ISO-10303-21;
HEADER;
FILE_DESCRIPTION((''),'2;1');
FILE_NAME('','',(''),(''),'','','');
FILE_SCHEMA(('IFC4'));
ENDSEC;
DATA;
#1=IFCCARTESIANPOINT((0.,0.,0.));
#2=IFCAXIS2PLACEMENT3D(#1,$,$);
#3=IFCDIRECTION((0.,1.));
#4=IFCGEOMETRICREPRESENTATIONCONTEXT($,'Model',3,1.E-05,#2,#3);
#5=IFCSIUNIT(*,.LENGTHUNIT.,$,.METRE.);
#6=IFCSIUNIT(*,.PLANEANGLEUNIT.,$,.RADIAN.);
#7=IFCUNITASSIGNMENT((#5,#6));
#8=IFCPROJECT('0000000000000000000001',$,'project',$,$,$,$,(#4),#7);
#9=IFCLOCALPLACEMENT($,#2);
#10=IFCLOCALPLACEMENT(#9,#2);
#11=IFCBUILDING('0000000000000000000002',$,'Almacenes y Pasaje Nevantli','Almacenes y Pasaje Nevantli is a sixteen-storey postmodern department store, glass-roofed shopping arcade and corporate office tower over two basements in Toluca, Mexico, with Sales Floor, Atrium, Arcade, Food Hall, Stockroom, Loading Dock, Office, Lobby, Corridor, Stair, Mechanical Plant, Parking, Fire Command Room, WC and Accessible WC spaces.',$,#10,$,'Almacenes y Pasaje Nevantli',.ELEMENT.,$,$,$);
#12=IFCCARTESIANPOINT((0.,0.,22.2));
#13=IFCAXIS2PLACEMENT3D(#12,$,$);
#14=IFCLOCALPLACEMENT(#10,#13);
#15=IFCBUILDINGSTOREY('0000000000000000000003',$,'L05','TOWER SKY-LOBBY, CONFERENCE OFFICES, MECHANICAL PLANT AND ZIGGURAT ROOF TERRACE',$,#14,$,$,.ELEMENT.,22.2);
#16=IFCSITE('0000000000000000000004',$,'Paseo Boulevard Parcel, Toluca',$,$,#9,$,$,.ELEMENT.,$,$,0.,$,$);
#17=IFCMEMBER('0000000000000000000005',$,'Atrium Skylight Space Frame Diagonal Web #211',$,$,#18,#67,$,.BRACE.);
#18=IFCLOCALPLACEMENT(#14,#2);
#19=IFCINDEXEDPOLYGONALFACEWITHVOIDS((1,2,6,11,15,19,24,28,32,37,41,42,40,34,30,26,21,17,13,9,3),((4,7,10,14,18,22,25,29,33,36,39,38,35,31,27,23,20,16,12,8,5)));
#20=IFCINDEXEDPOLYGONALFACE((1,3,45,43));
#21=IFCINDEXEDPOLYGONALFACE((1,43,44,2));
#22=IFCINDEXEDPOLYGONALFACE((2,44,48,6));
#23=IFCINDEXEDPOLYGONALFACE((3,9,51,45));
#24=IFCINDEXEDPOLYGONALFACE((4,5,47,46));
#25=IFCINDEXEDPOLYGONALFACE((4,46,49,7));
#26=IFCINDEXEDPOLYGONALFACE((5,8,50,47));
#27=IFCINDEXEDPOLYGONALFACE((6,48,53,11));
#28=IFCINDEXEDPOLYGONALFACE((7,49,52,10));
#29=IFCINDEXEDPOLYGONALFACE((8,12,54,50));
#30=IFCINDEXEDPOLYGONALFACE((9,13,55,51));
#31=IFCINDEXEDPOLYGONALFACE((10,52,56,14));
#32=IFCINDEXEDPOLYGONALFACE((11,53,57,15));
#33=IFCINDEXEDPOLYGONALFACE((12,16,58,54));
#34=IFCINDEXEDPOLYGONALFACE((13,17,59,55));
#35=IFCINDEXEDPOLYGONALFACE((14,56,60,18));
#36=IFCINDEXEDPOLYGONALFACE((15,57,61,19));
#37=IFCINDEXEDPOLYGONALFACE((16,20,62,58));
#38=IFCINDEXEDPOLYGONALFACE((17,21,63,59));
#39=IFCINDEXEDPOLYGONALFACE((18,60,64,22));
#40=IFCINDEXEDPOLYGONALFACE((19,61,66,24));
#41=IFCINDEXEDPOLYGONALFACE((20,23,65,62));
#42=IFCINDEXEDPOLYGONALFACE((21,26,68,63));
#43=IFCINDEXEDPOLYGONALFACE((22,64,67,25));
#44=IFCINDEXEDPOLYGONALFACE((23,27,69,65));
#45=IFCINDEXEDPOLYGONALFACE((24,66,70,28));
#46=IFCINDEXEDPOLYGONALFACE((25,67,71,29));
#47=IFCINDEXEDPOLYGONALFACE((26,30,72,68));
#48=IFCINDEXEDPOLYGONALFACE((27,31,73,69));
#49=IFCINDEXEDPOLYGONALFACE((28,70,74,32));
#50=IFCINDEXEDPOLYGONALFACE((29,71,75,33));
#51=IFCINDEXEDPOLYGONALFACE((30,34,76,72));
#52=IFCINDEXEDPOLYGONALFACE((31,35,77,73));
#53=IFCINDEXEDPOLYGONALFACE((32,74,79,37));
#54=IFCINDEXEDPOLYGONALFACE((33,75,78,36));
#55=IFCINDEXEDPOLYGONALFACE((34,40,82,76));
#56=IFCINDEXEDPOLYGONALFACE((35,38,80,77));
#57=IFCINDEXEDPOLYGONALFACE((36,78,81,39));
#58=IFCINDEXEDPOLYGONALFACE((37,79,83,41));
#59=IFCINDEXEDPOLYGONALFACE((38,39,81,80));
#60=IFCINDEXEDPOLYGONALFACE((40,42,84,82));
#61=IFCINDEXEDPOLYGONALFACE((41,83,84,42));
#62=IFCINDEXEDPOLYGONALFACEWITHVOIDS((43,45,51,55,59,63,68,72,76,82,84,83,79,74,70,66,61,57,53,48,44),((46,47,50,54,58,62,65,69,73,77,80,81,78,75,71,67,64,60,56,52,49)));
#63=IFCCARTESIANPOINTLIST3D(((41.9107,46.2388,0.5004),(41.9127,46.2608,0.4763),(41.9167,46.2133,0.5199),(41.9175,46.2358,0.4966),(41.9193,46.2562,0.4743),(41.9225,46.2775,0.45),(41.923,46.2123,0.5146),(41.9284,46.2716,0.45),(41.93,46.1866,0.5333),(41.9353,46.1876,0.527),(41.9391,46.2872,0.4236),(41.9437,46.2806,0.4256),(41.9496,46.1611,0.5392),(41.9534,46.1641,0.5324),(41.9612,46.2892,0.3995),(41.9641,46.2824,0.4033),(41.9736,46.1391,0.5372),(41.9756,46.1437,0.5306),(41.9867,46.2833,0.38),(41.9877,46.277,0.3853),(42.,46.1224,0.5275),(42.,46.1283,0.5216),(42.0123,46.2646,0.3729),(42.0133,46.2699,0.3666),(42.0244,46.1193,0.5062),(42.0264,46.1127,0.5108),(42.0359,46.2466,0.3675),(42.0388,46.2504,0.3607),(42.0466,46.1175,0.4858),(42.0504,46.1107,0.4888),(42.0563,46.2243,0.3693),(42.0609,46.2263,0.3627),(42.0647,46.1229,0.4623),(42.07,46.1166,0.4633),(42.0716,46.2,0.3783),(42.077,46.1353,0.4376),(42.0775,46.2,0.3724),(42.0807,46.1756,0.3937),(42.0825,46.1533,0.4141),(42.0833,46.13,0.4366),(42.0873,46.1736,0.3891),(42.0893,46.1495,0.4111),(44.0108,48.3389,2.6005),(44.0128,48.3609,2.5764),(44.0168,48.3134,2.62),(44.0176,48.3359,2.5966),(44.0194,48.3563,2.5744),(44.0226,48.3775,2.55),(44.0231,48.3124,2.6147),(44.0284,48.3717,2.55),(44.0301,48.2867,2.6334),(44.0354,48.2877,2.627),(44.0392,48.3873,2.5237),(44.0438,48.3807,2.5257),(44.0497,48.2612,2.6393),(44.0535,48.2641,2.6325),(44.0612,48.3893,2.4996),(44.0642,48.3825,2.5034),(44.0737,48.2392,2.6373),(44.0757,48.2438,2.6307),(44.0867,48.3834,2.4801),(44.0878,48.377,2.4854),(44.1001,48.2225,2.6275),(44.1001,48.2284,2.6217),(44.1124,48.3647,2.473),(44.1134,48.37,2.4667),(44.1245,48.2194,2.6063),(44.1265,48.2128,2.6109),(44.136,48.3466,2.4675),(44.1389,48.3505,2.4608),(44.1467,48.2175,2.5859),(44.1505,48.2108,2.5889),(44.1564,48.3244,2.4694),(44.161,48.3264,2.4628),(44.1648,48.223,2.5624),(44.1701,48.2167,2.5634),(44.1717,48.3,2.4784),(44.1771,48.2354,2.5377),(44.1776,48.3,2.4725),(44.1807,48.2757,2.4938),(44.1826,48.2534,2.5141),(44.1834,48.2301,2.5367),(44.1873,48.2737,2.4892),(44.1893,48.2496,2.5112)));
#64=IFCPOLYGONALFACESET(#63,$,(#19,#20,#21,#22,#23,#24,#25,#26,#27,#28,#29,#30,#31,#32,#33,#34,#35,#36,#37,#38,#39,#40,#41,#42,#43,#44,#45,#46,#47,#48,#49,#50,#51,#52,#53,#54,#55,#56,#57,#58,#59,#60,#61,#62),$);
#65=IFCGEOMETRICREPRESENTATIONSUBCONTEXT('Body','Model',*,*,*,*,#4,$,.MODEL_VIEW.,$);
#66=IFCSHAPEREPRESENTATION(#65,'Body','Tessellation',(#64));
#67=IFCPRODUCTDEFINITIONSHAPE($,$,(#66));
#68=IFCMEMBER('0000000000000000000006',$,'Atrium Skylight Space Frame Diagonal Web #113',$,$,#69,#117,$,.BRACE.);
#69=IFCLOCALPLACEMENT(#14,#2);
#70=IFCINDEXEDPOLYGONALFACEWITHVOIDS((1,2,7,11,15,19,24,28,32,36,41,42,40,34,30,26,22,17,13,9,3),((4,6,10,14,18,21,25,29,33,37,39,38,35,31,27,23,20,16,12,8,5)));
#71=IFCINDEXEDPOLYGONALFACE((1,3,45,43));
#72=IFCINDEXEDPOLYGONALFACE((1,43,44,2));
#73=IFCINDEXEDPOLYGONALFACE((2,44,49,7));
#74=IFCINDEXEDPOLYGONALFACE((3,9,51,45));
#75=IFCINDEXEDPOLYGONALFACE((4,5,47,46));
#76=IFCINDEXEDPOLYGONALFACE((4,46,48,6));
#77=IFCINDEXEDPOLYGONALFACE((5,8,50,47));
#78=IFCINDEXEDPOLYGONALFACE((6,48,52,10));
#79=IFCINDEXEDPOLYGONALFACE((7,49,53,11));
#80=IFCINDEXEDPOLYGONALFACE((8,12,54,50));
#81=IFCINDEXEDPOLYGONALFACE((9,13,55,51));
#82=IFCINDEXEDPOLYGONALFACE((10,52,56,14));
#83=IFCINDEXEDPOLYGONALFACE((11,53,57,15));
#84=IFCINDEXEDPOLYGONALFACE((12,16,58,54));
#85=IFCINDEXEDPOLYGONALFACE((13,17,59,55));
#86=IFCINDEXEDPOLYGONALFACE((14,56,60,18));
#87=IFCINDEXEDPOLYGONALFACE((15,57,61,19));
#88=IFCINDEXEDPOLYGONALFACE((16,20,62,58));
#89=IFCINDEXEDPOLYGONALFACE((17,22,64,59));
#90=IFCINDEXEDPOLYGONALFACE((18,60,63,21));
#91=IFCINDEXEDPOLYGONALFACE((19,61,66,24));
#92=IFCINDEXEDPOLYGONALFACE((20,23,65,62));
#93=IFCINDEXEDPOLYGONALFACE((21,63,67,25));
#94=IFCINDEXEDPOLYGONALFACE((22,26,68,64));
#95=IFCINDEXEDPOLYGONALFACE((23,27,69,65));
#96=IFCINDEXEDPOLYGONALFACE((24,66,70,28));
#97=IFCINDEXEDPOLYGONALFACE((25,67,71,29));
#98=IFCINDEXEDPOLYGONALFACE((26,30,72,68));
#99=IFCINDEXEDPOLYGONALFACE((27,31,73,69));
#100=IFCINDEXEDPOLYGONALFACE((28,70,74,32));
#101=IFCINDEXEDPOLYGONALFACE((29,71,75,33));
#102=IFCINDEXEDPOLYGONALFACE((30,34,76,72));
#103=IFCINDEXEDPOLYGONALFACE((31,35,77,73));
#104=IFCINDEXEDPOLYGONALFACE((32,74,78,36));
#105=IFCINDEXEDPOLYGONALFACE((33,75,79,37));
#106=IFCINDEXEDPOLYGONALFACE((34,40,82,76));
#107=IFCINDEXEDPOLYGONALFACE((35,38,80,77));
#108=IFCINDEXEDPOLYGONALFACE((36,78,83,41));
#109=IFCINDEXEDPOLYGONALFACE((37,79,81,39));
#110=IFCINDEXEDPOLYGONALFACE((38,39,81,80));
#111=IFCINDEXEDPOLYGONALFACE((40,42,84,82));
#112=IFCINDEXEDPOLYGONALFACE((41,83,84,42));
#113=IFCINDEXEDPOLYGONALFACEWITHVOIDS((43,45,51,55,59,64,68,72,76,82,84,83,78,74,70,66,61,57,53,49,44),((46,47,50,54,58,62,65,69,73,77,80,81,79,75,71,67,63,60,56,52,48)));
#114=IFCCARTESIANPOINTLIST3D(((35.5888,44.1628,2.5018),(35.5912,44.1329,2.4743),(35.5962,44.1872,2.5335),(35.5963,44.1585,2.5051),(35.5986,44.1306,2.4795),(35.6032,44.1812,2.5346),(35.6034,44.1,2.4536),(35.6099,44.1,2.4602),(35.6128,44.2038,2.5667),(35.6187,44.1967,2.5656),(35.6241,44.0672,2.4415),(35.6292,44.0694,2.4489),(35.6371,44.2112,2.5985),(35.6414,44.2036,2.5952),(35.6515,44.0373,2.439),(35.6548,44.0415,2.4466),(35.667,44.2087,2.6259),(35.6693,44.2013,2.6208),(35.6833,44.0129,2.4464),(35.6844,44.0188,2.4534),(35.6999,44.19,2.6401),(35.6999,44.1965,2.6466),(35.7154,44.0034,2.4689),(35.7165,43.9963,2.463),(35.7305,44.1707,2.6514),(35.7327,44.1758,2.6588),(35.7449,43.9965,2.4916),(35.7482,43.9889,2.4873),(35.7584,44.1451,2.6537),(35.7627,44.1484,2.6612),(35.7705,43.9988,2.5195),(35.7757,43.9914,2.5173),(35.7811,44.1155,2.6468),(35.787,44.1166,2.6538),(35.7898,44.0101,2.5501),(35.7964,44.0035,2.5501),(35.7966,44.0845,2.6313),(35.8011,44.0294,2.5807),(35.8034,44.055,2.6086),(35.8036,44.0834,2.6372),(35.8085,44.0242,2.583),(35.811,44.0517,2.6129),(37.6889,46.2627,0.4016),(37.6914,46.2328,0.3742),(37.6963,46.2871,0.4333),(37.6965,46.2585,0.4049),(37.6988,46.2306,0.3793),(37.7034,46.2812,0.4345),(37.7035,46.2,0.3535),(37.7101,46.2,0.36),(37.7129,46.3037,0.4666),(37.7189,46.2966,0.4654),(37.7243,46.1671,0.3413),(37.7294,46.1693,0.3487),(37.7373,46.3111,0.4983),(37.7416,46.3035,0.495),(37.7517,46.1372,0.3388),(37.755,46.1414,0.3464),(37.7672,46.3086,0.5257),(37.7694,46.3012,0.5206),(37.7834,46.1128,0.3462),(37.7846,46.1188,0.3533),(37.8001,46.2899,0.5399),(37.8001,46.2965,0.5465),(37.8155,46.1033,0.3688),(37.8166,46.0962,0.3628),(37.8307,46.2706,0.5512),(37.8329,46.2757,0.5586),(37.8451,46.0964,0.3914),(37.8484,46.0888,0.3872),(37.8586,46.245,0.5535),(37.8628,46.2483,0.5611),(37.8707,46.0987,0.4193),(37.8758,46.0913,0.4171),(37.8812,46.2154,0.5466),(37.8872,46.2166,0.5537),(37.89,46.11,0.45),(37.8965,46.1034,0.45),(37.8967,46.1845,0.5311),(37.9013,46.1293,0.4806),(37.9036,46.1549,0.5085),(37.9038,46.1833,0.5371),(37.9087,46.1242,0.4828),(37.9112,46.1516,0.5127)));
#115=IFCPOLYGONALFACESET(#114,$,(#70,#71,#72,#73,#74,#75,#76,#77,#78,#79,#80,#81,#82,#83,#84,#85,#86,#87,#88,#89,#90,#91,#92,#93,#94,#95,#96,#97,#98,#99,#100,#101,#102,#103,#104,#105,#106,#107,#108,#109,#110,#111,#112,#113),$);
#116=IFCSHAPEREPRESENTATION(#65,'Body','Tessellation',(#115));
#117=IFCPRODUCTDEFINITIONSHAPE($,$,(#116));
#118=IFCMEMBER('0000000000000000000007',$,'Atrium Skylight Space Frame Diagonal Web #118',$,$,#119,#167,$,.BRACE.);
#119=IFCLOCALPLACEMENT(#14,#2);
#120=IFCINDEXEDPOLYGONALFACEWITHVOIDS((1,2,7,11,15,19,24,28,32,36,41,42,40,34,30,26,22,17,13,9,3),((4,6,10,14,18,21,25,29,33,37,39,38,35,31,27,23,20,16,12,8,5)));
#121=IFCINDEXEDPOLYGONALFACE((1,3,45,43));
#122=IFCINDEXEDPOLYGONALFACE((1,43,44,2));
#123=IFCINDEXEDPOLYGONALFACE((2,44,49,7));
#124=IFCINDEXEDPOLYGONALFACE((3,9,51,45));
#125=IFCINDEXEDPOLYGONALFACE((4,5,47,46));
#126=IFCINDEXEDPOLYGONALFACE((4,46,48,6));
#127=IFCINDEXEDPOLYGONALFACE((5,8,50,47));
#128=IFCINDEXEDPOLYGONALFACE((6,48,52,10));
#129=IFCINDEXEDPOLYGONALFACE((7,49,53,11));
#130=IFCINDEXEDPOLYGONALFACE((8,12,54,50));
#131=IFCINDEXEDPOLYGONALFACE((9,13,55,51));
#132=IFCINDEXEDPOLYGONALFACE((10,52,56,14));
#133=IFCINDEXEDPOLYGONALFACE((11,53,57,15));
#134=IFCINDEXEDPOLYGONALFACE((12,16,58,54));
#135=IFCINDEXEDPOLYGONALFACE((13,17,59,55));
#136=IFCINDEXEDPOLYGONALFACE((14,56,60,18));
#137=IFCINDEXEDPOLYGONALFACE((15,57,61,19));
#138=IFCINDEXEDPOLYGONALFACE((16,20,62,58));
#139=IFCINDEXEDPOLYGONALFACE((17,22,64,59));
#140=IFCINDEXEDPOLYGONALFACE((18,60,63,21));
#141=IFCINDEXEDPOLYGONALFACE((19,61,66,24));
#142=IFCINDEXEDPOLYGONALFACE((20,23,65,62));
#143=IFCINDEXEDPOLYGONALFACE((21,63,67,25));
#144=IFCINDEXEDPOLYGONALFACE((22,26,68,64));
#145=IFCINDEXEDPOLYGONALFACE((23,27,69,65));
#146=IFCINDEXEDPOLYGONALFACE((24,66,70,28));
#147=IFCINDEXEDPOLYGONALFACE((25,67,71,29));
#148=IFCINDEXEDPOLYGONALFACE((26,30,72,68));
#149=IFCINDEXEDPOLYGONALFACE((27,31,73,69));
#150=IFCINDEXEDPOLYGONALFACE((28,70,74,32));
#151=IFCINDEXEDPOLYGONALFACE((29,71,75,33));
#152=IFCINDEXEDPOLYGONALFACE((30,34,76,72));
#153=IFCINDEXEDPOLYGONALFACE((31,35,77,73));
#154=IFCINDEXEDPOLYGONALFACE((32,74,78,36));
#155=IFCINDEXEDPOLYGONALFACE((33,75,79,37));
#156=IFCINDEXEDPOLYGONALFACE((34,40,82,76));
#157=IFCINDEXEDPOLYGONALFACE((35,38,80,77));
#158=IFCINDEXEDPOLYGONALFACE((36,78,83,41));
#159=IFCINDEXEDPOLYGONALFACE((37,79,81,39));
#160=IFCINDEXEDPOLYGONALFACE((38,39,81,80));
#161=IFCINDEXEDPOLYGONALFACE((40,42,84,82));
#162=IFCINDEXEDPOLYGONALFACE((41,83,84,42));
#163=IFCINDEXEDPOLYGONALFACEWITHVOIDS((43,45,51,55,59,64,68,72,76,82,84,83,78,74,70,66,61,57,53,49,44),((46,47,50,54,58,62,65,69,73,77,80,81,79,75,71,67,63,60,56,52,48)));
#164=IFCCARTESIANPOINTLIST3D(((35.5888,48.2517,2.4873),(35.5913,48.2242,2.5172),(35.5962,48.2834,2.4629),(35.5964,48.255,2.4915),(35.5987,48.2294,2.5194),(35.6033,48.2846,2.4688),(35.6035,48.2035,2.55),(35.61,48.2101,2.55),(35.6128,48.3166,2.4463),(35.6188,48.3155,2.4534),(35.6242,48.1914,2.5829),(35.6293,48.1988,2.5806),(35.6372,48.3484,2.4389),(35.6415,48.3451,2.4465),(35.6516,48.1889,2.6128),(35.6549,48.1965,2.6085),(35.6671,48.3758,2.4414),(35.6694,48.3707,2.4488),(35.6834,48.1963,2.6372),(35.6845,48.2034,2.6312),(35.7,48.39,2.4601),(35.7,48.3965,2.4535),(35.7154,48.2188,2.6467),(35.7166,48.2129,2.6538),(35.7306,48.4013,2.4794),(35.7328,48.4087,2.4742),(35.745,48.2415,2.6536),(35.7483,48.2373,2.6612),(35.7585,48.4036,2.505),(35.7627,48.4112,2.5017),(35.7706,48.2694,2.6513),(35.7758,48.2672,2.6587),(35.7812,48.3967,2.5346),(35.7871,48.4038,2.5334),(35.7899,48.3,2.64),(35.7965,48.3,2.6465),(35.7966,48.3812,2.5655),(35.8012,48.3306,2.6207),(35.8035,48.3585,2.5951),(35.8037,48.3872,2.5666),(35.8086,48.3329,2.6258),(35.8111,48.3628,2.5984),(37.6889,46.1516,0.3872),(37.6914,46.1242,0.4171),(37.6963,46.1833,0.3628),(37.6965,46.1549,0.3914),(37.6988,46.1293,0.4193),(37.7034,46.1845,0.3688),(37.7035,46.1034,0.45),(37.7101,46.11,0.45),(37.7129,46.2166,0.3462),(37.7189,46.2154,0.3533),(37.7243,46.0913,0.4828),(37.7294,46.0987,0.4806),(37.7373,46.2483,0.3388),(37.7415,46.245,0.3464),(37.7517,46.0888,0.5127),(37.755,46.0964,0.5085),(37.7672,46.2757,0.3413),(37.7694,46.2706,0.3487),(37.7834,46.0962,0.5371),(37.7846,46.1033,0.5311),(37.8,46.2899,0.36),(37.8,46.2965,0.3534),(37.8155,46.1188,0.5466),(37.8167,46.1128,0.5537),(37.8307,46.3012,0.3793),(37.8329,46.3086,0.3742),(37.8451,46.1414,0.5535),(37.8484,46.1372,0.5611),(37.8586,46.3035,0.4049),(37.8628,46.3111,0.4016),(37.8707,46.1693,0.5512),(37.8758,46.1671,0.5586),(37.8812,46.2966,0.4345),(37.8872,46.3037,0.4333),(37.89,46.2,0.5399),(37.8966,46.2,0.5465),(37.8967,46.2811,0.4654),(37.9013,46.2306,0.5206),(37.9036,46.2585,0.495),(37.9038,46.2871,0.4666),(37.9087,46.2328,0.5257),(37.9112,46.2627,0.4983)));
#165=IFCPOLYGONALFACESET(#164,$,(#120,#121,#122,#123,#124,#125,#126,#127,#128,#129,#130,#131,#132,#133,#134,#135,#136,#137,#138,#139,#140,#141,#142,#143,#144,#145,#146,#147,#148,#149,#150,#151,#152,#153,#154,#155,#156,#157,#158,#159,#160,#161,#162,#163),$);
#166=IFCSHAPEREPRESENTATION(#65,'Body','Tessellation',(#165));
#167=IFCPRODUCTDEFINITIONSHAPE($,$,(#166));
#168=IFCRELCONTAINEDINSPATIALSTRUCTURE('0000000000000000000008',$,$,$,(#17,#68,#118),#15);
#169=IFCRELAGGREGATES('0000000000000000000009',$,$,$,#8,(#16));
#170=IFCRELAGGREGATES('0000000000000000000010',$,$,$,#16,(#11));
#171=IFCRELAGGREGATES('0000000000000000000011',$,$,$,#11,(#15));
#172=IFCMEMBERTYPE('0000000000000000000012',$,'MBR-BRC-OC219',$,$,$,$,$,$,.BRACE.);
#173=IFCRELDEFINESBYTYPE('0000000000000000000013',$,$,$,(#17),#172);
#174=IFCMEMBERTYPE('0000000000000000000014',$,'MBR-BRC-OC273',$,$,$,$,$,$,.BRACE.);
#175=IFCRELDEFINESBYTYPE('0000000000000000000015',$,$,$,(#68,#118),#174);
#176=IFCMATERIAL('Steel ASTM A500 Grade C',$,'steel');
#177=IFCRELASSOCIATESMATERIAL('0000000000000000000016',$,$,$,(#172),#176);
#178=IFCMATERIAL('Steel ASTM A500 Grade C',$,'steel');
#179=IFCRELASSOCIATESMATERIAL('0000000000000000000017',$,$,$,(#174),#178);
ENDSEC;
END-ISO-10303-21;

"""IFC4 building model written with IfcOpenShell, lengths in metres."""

from ifc_helpers import new_model, si_unit, direction, frame, origin, origin_2d, place, context, subcontext, project, spatial, hollow_circle, extrude, material, material_profile, profile_set, type_object, element, save


model = new_model("IFC4")

# Units and contexts
model_context = context("Model", 3, precision=1e-05, world=origin(), true_north=direction((0.0, 1.0)))
body_context = subcontext(model_context, "Body", "Model", "MODEL_VIEW")
ifc_project = project(units=[si_unit("LENGTHUNIT", "METRE"), si_unit("PLANEANGLEUNIT", "RADIAN")], contexts=[model_context])

# Site, building, storey
site_placement = place(None, origin())
site = spatial("IfcSite", under=ifc_project, at=site_placement, Name="Paseo Boulevard Parcel, Toluca", CompositionType="ELEMENT", RefElevation=0.0)
building_placement = place(site_placement, origin())
building = spatial("IfcBuilding", under=site, at=building_placement, Name="Almacenes y Pasaje Nevantli", Description="Almacenes y Pasaje Nevantli is a sixteen-storey postmodern department store, glass-roofed shopping arcade and corporate office tower over two basements in Toluca, Mexico, with Sales Floor, Atrium, Arcade, Food Hall, Stockroom, Loading Dock, Office, Lobby, Corridor, Stair, Mechanical Plant, Parking, Fire Command Room, WC and Accessible WC spaces.", LongName="Almacenes y Pasaje Nevantli", CompositionType="ELEMENT")
storey_placement = place(building_placement, frame((0.0, 0.0, 22.2)))
storey = spatial("IfcBuildingStorey", under=building, at=storey_placement, Name="L05", Description="TOWER SKY-LOBBY, CONFERENCE OFFICES, MECHANICAL PLANT AND ZIGGURAT ROOF TERRACE", CompositionType="ELEMENT", Elevation=22.2)

# Members
ifc_material_1 = material(Name="Steel ASTM A500 Grade C", Category="steel")
ifc_material_profile_1 = material_profile(ifc_material_1, hollow_circle(Radius=0.1096, WallThickness=0.0083, at=origin_2d()), Name="OC 219x8.2")
ifc_profile_set_1 = profile_set([ifc_material_profile_1], Name="Steel ASTM A500 Grade C")
member_type_1 = type_object("IfcMemberType", Name="MBR-BRC-OC219", PredefinedType="BRACE", material=ifc_profile_set_1)
for number, where, z_axis, x_axis, name in (
    (1, (42.0, 46.2, 0.45), (0.57735, 0.57735, 0.57735), (-0.707107, 0.707107, 0.0), "Atrium Skylight Space Frame Diagonal Web #211"),
):
    element("IfcMember", number, at=place(storey_placement, frame(where, z_axis=z_axis, x_axis=x_axis)), inside=storey, type_object=member_type_1, Name=name, PredefinedType="BRACE", context=body_context, shape_type="SweptSolid", body=[
        extrude(hollow_circle(Radius=0.1096, WallThickness=0.0083, at=origin_2d()), origin(), (0.0, 0.0, 1.0), 3.6375),
    ])
ifc_material_2 = material(Name="Steel ASTM A500 Grade C", Category="steel")
ifc_material_profile_2 = material_profile(ifc_material_2, hollow_circle(Radius=0.1365, WallThickness=0.0093, at=origin_2d()), Name="OC 273x9.3")
ifc_profile_set_2 = profile_set([ifc_material_profile_2], Name="Steel ASTM A500 Grade C")
member_type_2 = type_object("IfcMemberType", Name="MBR-BRC-OC273", PredefinedType="BRACE", material=ifc_profile_set_2)
for number, where, z_axis, x_axis, name in (
    (2, (37.8, 46.2, 0.45), (-0.577373, -0.577306, 0.577373), (0.707066, -0.707148, 0.0), "Atrium Skylight Space Frame Diagonal Web #113"),
    (3, (37.8, 46.2, 0.45), (-0.57735, 0.57735, 0.57735), (-0.707107, -0.707107, 0.0), "Atrium Skylight Space Frame Diagonal Web #118"),
):
    element("IfcMember", number, at=place(storey_placement, frame(where, z_axis=z_axis, x_axis=x_axis)), inside=storey, type_object=member_type_2, Name=name, PredefinedType="BRACE", context=body_context, shape_type="SweptSolid", body=[
        extrude(hollow_circle(Radius=0.1365, WallThickness=0.0093, at=origin_2d()), origin(), (0.0, 0.0, 1.0), 3.6375),
    ])

save(model, "model.ifc")
